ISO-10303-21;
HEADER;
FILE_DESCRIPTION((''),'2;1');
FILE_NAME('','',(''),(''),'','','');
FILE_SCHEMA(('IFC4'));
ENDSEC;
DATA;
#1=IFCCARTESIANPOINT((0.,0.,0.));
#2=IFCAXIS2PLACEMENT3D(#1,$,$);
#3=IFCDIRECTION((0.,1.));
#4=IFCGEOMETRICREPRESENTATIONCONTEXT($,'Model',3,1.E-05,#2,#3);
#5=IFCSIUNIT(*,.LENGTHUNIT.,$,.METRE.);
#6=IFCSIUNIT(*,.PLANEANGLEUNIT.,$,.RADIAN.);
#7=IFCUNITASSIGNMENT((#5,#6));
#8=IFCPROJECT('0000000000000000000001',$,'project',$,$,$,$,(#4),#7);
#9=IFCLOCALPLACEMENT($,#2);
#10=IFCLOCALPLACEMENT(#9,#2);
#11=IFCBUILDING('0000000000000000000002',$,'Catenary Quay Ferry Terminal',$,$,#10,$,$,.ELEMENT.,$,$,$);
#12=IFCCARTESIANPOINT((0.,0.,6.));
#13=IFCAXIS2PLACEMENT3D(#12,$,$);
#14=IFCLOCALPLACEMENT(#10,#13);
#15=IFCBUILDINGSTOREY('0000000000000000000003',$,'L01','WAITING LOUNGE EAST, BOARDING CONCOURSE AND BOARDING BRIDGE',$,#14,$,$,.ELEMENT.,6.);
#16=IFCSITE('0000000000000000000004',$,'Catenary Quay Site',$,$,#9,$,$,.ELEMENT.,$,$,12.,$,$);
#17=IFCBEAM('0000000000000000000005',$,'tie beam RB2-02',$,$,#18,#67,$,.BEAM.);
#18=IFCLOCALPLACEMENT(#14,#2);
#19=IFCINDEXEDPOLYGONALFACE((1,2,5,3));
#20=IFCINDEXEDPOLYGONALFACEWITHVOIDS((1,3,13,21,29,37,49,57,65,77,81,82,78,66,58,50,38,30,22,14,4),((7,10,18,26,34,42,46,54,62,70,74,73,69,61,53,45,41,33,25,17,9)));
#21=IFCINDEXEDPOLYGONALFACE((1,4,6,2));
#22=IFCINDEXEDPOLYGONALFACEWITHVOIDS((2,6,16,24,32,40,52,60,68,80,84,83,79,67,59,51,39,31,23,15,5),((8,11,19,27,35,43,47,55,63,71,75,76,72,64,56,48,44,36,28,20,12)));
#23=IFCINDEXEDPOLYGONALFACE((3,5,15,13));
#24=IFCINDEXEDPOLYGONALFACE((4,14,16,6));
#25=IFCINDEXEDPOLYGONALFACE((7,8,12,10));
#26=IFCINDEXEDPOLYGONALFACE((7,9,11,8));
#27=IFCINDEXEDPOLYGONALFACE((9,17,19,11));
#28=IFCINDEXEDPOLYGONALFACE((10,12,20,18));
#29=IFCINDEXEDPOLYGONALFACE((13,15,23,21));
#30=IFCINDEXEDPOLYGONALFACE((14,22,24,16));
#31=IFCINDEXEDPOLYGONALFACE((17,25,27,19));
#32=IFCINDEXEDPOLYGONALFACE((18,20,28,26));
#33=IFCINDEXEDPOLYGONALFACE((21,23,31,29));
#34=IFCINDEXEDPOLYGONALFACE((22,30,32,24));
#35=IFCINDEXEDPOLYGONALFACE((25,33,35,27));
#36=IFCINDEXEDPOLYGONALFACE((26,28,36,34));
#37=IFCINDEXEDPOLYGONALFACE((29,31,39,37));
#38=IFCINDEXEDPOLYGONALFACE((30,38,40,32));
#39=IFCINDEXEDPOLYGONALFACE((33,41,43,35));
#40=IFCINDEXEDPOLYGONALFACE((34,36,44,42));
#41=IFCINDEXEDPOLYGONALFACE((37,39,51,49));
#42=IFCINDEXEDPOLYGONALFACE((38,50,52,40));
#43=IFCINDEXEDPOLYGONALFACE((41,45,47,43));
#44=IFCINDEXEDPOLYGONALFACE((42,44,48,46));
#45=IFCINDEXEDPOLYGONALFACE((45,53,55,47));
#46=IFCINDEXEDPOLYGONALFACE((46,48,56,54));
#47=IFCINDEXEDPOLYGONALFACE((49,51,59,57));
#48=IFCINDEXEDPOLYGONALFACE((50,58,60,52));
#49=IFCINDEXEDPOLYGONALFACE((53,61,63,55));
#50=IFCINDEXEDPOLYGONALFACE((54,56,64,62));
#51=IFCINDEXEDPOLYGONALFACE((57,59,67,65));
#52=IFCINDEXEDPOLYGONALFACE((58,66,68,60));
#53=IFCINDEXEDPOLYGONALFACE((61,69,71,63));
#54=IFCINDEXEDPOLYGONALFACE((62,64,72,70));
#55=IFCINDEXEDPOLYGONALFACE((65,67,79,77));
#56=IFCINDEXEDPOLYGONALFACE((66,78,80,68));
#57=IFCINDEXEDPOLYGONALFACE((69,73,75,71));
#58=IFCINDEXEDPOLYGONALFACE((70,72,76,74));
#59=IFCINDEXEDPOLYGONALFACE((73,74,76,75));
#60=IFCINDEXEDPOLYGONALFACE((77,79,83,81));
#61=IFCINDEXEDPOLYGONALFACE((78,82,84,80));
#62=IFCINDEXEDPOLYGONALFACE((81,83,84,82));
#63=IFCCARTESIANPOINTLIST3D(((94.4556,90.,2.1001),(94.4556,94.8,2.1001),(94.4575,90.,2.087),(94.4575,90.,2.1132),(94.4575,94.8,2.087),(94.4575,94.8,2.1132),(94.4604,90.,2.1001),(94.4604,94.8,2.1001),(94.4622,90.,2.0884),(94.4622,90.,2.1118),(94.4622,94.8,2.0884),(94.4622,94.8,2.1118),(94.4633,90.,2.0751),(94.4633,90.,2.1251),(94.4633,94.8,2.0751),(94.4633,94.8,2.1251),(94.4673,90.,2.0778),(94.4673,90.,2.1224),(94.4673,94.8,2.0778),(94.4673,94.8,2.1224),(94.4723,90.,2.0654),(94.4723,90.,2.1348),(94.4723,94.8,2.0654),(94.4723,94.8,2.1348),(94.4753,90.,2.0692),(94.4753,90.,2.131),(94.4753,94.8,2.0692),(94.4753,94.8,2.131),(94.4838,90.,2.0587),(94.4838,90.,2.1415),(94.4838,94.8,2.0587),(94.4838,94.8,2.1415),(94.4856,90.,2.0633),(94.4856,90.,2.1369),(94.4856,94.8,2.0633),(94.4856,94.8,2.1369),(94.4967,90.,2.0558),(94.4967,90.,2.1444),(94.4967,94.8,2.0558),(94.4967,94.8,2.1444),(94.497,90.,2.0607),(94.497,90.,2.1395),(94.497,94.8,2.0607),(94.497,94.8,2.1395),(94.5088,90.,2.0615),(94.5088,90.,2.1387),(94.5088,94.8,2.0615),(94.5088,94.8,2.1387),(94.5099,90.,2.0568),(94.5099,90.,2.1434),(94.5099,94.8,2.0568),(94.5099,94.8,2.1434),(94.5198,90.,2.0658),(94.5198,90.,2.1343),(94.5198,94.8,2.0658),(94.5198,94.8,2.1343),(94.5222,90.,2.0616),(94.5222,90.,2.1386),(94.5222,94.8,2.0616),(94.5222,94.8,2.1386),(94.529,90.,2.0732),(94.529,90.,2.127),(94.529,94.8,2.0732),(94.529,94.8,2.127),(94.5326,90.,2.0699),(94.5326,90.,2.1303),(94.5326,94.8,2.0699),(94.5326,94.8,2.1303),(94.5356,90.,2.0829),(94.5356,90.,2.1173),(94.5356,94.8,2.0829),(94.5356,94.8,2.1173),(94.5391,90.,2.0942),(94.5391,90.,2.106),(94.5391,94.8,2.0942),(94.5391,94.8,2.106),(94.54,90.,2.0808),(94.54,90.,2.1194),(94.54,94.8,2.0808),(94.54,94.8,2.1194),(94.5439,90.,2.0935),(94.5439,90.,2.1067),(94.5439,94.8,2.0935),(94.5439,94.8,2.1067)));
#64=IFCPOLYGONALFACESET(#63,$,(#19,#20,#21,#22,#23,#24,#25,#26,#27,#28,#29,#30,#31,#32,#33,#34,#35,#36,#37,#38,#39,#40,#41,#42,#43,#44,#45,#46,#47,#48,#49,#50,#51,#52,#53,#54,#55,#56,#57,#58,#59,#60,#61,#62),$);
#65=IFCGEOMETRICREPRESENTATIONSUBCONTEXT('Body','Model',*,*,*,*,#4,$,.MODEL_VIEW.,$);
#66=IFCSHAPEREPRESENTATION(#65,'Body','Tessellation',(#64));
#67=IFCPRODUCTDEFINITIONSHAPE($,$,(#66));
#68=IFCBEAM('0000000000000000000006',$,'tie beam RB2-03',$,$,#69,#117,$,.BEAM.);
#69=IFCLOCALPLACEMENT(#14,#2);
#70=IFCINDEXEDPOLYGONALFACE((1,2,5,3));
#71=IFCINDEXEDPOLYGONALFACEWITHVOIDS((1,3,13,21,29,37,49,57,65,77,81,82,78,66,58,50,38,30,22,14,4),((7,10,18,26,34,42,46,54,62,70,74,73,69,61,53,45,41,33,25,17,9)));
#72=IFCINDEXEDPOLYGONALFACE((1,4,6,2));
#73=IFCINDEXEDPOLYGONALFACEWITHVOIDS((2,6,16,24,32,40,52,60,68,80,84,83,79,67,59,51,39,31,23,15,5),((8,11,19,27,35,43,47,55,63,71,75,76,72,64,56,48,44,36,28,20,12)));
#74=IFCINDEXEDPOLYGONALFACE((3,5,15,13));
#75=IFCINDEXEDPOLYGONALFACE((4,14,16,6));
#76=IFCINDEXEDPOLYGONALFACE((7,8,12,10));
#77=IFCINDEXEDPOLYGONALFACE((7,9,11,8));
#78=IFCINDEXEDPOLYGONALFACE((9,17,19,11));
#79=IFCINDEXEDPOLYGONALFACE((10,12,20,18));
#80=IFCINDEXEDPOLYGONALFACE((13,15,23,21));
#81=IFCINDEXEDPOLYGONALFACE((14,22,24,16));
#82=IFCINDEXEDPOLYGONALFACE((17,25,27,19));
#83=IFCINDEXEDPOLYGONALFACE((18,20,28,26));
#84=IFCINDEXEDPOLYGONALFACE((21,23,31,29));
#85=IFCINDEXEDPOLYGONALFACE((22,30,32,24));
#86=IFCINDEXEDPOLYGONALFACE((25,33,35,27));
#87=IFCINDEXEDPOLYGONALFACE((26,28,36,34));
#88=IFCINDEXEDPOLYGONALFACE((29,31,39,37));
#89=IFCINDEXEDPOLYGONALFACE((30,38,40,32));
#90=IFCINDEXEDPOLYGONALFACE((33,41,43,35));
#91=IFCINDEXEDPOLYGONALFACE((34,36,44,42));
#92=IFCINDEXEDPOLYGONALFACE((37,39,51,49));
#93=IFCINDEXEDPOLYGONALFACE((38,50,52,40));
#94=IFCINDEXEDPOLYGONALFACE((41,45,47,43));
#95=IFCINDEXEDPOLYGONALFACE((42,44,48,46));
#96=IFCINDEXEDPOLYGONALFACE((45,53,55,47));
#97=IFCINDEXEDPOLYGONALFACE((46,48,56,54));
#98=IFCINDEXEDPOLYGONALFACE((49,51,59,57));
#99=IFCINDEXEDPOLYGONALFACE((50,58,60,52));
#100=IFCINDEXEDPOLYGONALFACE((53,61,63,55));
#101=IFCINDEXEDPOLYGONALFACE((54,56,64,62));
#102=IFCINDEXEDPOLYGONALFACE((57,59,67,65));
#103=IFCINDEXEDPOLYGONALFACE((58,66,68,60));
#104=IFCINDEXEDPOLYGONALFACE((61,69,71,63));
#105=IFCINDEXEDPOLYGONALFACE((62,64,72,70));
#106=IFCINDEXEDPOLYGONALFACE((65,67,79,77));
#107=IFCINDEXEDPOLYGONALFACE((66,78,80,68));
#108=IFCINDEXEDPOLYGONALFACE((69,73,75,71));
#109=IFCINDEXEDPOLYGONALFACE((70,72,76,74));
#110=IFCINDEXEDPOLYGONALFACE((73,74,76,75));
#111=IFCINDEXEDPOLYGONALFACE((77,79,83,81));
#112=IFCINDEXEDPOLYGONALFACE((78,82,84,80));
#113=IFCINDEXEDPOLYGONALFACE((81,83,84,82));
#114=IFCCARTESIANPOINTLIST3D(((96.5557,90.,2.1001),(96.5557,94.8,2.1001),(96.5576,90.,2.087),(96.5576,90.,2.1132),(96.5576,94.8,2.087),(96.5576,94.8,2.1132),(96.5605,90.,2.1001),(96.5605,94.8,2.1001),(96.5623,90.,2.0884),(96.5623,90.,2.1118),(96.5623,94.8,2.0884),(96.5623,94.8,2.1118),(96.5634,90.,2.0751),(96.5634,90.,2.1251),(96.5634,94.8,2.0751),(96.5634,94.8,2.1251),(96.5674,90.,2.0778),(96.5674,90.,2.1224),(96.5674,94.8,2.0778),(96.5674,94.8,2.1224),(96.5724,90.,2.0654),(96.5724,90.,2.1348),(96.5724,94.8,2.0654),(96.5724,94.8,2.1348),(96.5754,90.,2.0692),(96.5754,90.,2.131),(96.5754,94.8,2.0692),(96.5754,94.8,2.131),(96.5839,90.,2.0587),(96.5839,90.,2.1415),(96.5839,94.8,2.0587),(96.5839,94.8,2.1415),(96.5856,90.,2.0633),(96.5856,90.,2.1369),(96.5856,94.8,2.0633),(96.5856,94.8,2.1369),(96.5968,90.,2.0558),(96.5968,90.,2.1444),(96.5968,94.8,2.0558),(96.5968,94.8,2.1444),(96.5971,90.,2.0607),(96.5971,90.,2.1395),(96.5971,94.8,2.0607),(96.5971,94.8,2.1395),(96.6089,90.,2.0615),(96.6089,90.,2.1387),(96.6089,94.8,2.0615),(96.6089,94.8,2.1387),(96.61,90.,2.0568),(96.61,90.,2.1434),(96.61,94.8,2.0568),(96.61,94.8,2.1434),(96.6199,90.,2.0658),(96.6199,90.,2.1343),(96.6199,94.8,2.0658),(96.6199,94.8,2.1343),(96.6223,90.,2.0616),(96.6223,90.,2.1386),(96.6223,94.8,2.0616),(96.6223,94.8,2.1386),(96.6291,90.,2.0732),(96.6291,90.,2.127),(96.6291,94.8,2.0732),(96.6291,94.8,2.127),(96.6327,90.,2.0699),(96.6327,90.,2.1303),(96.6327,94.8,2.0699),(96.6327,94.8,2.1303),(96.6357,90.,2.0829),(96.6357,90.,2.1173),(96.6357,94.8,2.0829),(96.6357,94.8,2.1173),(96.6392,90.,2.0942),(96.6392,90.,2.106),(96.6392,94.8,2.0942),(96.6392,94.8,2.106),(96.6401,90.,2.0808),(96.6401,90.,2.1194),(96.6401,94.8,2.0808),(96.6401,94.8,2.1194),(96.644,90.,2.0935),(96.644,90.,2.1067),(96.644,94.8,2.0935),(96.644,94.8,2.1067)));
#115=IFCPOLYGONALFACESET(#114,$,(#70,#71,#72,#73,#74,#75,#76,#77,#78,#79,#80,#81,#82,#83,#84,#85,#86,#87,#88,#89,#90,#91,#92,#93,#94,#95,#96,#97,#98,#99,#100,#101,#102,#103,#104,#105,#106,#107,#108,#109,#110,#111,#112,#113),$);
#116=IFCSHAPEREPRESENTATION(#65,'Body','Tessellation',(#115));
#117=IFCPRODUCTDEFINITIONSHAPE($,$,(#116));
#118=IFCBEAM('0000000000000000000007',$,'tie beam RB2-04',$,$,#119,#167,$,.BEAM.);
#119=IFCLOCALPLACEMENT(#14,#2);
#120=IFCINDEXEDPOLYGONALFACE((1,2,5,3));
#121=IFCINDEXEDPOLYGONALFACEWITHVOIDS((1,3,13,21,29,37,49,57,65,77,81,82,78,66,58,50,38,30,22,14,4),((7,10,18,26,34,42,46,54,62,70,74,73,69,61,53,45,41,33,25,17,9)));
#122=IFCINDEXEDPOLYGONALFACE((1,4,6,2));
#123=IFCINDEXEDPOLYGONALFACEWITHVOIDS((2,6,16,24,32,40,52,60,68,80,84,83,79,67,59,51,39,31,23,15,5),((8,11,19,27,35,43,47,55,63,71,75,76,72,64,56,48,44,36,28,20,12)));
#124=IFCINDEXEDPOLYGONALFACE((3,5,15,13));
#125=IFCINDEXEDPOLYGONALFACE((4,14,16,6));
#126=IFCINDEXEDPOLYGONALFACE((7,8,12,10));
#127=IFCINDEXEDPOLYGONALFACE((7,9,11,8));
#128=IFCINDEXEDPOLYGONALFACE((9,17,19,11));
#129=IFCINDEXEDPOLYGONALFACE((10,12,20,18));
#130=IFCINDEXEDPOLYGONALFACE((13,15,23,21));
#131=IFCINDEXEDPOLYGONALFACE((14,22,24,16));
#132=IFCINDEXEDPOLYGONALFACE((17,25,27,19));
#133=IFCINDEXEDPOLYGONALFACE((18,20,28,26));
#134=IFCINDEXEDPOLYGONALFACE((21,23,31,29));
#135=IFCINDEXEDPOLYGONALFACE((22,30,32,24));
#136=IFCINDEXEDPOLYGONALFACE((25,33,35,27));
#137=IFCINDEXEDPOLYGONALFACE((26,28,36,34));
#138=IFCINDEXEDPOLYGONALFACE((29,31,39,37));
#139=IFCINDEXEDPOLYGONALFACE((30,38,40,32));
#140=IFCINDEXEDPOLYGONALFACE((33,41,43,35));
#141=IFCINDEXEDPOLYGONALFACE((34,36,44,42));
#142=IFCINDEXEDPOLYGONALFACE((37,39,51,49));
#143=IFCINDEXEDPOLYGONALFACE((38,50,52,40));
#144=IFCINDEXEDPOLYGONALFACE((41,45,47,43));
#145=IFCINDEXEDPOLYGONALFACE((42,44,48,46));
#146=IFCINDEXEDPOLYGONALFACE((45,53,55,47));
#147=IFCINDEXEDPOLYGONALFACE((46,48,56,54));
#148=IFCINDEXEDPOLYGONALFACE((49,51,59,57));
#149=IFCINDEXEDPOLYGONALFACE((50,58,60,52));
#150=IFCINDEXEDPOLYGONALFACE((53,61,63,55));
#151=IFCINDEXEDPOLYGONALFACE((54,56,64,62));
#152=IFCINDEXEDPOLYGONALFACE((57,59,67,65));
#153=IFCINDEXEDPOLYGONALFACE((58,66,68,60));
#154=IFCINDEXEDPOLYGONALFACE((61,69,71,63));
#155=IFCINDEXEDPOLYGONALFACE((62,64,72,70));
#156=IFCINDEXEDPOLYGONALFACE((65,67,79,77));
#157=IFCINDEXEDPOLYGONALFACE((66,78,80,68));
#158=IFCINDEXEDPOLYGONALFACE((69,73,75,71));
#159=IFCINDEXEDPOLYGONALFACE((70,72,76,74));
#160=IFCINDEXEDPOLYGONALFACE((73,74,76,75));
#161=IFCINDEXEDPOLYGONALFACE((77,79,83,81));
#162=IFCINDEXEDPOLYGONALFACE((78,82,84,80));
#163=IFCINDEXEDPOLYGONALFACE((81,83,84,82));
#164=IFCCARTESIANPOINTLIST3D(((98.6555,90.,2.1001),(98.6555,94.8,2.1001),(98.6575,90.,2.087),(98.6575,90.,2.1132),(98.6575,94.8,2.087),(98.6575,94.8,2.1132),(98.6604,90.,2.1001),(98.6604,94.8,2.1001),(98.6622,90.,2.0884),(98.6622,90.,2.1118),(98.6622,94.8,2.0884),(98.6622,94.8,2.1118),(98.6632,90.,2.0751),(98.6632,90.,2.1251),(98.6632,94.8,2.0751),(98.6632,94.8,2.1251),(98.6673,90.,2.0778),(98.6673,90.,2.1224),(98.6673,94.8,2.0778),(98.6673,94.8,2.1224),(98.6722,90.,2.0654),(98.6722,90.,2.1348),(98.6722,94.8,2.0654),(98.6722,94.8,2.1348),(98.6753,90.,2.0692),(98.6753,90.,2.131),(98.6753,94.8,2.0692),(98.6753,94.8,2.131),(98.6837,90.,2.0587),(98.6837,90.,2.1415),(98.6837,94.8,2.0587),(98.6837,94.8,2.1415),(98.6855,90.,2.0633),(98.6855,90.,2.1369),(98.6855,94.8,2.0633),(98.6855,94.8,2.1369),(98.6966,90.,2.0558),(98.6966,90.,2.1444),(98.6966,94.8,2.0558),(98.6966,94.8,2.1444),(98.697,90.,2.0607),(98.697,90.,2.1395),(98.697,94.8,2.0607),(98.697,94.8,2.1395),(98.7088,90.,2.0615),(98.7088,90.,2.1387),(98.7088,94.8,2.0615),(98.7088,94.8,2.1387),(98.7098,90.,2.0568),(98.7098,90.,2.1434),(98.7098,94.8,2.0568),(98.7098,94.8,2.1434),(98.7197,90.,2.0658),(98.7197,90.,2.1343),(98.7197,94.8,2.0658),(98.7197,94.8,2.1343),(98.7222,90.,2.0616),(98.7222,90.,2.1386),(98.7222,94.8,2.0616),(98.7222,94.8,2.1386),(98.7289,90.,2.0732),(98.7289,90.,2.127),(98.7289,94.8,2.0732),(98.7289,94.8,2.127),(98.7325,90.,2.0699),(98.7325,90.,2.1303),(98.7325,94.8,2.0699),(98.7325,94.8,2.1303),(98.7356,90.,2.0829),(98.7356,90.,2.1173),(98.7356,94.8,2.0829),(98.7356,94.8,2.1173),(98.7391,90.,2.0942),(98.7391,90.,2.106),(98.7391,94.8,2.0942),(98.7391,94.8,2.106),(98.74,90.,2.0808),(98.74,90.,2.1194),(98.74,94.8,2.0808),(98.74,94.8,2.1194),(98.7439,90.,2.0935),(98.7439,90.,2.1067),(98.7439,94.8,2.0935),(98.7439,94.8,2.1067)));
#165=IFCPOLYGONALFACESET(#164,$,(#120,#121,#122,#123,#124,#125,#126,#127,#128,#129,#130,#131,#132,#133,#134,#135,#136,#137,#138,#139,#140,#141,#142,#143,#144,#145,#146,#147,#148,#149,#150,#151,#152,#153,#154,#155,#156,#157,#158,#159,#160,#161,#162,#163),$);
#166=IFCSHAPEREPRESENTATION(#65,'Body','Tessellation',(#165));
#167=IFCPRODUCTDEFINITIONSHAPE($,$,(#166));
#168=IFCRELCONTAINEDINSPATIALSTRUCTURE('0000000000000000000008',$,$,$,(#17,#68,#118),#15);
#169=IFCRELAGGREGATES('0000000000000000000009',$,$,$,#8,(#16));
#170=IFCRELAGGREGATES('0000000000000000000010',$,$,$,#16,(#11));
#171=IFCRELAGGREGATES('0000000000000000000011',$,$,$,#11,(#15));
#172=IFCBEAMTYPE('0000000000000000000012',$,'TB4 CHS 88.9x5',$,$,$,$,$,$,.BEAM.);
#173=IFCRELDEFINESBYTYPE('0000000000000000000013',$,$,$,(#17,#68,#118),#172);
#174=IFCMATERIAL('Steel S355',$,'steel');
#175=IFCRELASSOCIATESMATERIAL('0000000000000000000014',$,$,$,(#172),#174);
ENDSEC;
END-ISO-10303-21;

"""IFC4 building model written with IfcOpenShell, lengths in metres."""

from ifc_helpers import new_model, si_unit, direction, frame, origin, origin_2d, place, context, subcontext, project, spatial, hollow_circle, extrude, material, material_profile, profile_set, type_object, element, save


model = new_model("IFC4")

# Units and contexts
model_context = context("Model", 3, precision=1e-05, world=origin(), true_north=direction((0.0, 1.0)))
body_context = subcontext(model_context, "Body", "Model", "MODEL_VIEW")
ifc_project = project(units=[si_unit("LENGTHUNIT", "METRE"), si_unit("PLANEANGLEUNIT", "RADIAN")], contexts=[model_context])

# Site, building, storey
site_placement = place(None, origin())
site = spatial("IfcSite", under=ifc_project, at=site_placement, Name="Catenary Quay Site", CompositionType="ELEMENT", RefElevation=12.0)
building_placement = place(site_placement, origin())
building = spatial("IfcBuilding", under=site, at=building_placement, Name="Catenary Quay Ferry Terminal", CompositionType="ELEMENT")
storey_placement = place(building_placement, frame((0.0, 0.0, 6.0)))
storey = spatial("IfcBuildingStorey", under=building, at=storey_placement, Name="L01", Description="WAITING LOUNGE EAST, BOARDING CONCOURSE AND BOARDING BRIDGE", CompositionType="ELEMENT", Elevation=6.0)

# Beams
ifc_material_1 = material(Name="Steel S355", Category="steel")
ifc_material_profile_1 = material_profile(ifc_material_1, hollow_circle(Radius=0.0444, WallThickness=0.0049, at=origin_2d()), Name="CHS 88.9x5")
ifc_profile_set_1 = profile_set([ifc_material_profile_1], Name="Steel S355")
beam_type_1 = type_object("IfcBeamType", Name="TB4 CHS 88.9x5", PredefinedType="BEAM", material=ifc_profile_set_1)
for number, where, z_axis, x_axis, name in (
    (1, (94.5, 90.0, 2.1001), (0.0, 1.0, 0.0), (-1.0, 0.0, 0.0), "tie beam RB2-02"),
    (2, (96.6001, 90.0, 2.1001), (0.0, 1.0, 0.0), (-1.0, 0.0, 0.0), "tie beam RB2-03"),
    (3, (98.7, 90.0, 2.1001), (0.0, 1.0, 0.0), (-1.0, 0.0, 0.0), "tie beam RB2-04"),
):
    element("IfcBeam", number, at=place(storey_placement, frame(where, z_axis=z_axis, x_axis=x_axis)), inside=storey, type_object=beam_type_1, Name=name, PredefinedType="BEAM", context=body_context, shape_type="SweptSolid", body=[
        extrude(hollow_circle(Radius=0.0444, WallThickness=0.0049, at=origin_2d()), origin(), (0.0, 0.0, 1.0), 4.8),
    ])

save(model, "model.ifc")
